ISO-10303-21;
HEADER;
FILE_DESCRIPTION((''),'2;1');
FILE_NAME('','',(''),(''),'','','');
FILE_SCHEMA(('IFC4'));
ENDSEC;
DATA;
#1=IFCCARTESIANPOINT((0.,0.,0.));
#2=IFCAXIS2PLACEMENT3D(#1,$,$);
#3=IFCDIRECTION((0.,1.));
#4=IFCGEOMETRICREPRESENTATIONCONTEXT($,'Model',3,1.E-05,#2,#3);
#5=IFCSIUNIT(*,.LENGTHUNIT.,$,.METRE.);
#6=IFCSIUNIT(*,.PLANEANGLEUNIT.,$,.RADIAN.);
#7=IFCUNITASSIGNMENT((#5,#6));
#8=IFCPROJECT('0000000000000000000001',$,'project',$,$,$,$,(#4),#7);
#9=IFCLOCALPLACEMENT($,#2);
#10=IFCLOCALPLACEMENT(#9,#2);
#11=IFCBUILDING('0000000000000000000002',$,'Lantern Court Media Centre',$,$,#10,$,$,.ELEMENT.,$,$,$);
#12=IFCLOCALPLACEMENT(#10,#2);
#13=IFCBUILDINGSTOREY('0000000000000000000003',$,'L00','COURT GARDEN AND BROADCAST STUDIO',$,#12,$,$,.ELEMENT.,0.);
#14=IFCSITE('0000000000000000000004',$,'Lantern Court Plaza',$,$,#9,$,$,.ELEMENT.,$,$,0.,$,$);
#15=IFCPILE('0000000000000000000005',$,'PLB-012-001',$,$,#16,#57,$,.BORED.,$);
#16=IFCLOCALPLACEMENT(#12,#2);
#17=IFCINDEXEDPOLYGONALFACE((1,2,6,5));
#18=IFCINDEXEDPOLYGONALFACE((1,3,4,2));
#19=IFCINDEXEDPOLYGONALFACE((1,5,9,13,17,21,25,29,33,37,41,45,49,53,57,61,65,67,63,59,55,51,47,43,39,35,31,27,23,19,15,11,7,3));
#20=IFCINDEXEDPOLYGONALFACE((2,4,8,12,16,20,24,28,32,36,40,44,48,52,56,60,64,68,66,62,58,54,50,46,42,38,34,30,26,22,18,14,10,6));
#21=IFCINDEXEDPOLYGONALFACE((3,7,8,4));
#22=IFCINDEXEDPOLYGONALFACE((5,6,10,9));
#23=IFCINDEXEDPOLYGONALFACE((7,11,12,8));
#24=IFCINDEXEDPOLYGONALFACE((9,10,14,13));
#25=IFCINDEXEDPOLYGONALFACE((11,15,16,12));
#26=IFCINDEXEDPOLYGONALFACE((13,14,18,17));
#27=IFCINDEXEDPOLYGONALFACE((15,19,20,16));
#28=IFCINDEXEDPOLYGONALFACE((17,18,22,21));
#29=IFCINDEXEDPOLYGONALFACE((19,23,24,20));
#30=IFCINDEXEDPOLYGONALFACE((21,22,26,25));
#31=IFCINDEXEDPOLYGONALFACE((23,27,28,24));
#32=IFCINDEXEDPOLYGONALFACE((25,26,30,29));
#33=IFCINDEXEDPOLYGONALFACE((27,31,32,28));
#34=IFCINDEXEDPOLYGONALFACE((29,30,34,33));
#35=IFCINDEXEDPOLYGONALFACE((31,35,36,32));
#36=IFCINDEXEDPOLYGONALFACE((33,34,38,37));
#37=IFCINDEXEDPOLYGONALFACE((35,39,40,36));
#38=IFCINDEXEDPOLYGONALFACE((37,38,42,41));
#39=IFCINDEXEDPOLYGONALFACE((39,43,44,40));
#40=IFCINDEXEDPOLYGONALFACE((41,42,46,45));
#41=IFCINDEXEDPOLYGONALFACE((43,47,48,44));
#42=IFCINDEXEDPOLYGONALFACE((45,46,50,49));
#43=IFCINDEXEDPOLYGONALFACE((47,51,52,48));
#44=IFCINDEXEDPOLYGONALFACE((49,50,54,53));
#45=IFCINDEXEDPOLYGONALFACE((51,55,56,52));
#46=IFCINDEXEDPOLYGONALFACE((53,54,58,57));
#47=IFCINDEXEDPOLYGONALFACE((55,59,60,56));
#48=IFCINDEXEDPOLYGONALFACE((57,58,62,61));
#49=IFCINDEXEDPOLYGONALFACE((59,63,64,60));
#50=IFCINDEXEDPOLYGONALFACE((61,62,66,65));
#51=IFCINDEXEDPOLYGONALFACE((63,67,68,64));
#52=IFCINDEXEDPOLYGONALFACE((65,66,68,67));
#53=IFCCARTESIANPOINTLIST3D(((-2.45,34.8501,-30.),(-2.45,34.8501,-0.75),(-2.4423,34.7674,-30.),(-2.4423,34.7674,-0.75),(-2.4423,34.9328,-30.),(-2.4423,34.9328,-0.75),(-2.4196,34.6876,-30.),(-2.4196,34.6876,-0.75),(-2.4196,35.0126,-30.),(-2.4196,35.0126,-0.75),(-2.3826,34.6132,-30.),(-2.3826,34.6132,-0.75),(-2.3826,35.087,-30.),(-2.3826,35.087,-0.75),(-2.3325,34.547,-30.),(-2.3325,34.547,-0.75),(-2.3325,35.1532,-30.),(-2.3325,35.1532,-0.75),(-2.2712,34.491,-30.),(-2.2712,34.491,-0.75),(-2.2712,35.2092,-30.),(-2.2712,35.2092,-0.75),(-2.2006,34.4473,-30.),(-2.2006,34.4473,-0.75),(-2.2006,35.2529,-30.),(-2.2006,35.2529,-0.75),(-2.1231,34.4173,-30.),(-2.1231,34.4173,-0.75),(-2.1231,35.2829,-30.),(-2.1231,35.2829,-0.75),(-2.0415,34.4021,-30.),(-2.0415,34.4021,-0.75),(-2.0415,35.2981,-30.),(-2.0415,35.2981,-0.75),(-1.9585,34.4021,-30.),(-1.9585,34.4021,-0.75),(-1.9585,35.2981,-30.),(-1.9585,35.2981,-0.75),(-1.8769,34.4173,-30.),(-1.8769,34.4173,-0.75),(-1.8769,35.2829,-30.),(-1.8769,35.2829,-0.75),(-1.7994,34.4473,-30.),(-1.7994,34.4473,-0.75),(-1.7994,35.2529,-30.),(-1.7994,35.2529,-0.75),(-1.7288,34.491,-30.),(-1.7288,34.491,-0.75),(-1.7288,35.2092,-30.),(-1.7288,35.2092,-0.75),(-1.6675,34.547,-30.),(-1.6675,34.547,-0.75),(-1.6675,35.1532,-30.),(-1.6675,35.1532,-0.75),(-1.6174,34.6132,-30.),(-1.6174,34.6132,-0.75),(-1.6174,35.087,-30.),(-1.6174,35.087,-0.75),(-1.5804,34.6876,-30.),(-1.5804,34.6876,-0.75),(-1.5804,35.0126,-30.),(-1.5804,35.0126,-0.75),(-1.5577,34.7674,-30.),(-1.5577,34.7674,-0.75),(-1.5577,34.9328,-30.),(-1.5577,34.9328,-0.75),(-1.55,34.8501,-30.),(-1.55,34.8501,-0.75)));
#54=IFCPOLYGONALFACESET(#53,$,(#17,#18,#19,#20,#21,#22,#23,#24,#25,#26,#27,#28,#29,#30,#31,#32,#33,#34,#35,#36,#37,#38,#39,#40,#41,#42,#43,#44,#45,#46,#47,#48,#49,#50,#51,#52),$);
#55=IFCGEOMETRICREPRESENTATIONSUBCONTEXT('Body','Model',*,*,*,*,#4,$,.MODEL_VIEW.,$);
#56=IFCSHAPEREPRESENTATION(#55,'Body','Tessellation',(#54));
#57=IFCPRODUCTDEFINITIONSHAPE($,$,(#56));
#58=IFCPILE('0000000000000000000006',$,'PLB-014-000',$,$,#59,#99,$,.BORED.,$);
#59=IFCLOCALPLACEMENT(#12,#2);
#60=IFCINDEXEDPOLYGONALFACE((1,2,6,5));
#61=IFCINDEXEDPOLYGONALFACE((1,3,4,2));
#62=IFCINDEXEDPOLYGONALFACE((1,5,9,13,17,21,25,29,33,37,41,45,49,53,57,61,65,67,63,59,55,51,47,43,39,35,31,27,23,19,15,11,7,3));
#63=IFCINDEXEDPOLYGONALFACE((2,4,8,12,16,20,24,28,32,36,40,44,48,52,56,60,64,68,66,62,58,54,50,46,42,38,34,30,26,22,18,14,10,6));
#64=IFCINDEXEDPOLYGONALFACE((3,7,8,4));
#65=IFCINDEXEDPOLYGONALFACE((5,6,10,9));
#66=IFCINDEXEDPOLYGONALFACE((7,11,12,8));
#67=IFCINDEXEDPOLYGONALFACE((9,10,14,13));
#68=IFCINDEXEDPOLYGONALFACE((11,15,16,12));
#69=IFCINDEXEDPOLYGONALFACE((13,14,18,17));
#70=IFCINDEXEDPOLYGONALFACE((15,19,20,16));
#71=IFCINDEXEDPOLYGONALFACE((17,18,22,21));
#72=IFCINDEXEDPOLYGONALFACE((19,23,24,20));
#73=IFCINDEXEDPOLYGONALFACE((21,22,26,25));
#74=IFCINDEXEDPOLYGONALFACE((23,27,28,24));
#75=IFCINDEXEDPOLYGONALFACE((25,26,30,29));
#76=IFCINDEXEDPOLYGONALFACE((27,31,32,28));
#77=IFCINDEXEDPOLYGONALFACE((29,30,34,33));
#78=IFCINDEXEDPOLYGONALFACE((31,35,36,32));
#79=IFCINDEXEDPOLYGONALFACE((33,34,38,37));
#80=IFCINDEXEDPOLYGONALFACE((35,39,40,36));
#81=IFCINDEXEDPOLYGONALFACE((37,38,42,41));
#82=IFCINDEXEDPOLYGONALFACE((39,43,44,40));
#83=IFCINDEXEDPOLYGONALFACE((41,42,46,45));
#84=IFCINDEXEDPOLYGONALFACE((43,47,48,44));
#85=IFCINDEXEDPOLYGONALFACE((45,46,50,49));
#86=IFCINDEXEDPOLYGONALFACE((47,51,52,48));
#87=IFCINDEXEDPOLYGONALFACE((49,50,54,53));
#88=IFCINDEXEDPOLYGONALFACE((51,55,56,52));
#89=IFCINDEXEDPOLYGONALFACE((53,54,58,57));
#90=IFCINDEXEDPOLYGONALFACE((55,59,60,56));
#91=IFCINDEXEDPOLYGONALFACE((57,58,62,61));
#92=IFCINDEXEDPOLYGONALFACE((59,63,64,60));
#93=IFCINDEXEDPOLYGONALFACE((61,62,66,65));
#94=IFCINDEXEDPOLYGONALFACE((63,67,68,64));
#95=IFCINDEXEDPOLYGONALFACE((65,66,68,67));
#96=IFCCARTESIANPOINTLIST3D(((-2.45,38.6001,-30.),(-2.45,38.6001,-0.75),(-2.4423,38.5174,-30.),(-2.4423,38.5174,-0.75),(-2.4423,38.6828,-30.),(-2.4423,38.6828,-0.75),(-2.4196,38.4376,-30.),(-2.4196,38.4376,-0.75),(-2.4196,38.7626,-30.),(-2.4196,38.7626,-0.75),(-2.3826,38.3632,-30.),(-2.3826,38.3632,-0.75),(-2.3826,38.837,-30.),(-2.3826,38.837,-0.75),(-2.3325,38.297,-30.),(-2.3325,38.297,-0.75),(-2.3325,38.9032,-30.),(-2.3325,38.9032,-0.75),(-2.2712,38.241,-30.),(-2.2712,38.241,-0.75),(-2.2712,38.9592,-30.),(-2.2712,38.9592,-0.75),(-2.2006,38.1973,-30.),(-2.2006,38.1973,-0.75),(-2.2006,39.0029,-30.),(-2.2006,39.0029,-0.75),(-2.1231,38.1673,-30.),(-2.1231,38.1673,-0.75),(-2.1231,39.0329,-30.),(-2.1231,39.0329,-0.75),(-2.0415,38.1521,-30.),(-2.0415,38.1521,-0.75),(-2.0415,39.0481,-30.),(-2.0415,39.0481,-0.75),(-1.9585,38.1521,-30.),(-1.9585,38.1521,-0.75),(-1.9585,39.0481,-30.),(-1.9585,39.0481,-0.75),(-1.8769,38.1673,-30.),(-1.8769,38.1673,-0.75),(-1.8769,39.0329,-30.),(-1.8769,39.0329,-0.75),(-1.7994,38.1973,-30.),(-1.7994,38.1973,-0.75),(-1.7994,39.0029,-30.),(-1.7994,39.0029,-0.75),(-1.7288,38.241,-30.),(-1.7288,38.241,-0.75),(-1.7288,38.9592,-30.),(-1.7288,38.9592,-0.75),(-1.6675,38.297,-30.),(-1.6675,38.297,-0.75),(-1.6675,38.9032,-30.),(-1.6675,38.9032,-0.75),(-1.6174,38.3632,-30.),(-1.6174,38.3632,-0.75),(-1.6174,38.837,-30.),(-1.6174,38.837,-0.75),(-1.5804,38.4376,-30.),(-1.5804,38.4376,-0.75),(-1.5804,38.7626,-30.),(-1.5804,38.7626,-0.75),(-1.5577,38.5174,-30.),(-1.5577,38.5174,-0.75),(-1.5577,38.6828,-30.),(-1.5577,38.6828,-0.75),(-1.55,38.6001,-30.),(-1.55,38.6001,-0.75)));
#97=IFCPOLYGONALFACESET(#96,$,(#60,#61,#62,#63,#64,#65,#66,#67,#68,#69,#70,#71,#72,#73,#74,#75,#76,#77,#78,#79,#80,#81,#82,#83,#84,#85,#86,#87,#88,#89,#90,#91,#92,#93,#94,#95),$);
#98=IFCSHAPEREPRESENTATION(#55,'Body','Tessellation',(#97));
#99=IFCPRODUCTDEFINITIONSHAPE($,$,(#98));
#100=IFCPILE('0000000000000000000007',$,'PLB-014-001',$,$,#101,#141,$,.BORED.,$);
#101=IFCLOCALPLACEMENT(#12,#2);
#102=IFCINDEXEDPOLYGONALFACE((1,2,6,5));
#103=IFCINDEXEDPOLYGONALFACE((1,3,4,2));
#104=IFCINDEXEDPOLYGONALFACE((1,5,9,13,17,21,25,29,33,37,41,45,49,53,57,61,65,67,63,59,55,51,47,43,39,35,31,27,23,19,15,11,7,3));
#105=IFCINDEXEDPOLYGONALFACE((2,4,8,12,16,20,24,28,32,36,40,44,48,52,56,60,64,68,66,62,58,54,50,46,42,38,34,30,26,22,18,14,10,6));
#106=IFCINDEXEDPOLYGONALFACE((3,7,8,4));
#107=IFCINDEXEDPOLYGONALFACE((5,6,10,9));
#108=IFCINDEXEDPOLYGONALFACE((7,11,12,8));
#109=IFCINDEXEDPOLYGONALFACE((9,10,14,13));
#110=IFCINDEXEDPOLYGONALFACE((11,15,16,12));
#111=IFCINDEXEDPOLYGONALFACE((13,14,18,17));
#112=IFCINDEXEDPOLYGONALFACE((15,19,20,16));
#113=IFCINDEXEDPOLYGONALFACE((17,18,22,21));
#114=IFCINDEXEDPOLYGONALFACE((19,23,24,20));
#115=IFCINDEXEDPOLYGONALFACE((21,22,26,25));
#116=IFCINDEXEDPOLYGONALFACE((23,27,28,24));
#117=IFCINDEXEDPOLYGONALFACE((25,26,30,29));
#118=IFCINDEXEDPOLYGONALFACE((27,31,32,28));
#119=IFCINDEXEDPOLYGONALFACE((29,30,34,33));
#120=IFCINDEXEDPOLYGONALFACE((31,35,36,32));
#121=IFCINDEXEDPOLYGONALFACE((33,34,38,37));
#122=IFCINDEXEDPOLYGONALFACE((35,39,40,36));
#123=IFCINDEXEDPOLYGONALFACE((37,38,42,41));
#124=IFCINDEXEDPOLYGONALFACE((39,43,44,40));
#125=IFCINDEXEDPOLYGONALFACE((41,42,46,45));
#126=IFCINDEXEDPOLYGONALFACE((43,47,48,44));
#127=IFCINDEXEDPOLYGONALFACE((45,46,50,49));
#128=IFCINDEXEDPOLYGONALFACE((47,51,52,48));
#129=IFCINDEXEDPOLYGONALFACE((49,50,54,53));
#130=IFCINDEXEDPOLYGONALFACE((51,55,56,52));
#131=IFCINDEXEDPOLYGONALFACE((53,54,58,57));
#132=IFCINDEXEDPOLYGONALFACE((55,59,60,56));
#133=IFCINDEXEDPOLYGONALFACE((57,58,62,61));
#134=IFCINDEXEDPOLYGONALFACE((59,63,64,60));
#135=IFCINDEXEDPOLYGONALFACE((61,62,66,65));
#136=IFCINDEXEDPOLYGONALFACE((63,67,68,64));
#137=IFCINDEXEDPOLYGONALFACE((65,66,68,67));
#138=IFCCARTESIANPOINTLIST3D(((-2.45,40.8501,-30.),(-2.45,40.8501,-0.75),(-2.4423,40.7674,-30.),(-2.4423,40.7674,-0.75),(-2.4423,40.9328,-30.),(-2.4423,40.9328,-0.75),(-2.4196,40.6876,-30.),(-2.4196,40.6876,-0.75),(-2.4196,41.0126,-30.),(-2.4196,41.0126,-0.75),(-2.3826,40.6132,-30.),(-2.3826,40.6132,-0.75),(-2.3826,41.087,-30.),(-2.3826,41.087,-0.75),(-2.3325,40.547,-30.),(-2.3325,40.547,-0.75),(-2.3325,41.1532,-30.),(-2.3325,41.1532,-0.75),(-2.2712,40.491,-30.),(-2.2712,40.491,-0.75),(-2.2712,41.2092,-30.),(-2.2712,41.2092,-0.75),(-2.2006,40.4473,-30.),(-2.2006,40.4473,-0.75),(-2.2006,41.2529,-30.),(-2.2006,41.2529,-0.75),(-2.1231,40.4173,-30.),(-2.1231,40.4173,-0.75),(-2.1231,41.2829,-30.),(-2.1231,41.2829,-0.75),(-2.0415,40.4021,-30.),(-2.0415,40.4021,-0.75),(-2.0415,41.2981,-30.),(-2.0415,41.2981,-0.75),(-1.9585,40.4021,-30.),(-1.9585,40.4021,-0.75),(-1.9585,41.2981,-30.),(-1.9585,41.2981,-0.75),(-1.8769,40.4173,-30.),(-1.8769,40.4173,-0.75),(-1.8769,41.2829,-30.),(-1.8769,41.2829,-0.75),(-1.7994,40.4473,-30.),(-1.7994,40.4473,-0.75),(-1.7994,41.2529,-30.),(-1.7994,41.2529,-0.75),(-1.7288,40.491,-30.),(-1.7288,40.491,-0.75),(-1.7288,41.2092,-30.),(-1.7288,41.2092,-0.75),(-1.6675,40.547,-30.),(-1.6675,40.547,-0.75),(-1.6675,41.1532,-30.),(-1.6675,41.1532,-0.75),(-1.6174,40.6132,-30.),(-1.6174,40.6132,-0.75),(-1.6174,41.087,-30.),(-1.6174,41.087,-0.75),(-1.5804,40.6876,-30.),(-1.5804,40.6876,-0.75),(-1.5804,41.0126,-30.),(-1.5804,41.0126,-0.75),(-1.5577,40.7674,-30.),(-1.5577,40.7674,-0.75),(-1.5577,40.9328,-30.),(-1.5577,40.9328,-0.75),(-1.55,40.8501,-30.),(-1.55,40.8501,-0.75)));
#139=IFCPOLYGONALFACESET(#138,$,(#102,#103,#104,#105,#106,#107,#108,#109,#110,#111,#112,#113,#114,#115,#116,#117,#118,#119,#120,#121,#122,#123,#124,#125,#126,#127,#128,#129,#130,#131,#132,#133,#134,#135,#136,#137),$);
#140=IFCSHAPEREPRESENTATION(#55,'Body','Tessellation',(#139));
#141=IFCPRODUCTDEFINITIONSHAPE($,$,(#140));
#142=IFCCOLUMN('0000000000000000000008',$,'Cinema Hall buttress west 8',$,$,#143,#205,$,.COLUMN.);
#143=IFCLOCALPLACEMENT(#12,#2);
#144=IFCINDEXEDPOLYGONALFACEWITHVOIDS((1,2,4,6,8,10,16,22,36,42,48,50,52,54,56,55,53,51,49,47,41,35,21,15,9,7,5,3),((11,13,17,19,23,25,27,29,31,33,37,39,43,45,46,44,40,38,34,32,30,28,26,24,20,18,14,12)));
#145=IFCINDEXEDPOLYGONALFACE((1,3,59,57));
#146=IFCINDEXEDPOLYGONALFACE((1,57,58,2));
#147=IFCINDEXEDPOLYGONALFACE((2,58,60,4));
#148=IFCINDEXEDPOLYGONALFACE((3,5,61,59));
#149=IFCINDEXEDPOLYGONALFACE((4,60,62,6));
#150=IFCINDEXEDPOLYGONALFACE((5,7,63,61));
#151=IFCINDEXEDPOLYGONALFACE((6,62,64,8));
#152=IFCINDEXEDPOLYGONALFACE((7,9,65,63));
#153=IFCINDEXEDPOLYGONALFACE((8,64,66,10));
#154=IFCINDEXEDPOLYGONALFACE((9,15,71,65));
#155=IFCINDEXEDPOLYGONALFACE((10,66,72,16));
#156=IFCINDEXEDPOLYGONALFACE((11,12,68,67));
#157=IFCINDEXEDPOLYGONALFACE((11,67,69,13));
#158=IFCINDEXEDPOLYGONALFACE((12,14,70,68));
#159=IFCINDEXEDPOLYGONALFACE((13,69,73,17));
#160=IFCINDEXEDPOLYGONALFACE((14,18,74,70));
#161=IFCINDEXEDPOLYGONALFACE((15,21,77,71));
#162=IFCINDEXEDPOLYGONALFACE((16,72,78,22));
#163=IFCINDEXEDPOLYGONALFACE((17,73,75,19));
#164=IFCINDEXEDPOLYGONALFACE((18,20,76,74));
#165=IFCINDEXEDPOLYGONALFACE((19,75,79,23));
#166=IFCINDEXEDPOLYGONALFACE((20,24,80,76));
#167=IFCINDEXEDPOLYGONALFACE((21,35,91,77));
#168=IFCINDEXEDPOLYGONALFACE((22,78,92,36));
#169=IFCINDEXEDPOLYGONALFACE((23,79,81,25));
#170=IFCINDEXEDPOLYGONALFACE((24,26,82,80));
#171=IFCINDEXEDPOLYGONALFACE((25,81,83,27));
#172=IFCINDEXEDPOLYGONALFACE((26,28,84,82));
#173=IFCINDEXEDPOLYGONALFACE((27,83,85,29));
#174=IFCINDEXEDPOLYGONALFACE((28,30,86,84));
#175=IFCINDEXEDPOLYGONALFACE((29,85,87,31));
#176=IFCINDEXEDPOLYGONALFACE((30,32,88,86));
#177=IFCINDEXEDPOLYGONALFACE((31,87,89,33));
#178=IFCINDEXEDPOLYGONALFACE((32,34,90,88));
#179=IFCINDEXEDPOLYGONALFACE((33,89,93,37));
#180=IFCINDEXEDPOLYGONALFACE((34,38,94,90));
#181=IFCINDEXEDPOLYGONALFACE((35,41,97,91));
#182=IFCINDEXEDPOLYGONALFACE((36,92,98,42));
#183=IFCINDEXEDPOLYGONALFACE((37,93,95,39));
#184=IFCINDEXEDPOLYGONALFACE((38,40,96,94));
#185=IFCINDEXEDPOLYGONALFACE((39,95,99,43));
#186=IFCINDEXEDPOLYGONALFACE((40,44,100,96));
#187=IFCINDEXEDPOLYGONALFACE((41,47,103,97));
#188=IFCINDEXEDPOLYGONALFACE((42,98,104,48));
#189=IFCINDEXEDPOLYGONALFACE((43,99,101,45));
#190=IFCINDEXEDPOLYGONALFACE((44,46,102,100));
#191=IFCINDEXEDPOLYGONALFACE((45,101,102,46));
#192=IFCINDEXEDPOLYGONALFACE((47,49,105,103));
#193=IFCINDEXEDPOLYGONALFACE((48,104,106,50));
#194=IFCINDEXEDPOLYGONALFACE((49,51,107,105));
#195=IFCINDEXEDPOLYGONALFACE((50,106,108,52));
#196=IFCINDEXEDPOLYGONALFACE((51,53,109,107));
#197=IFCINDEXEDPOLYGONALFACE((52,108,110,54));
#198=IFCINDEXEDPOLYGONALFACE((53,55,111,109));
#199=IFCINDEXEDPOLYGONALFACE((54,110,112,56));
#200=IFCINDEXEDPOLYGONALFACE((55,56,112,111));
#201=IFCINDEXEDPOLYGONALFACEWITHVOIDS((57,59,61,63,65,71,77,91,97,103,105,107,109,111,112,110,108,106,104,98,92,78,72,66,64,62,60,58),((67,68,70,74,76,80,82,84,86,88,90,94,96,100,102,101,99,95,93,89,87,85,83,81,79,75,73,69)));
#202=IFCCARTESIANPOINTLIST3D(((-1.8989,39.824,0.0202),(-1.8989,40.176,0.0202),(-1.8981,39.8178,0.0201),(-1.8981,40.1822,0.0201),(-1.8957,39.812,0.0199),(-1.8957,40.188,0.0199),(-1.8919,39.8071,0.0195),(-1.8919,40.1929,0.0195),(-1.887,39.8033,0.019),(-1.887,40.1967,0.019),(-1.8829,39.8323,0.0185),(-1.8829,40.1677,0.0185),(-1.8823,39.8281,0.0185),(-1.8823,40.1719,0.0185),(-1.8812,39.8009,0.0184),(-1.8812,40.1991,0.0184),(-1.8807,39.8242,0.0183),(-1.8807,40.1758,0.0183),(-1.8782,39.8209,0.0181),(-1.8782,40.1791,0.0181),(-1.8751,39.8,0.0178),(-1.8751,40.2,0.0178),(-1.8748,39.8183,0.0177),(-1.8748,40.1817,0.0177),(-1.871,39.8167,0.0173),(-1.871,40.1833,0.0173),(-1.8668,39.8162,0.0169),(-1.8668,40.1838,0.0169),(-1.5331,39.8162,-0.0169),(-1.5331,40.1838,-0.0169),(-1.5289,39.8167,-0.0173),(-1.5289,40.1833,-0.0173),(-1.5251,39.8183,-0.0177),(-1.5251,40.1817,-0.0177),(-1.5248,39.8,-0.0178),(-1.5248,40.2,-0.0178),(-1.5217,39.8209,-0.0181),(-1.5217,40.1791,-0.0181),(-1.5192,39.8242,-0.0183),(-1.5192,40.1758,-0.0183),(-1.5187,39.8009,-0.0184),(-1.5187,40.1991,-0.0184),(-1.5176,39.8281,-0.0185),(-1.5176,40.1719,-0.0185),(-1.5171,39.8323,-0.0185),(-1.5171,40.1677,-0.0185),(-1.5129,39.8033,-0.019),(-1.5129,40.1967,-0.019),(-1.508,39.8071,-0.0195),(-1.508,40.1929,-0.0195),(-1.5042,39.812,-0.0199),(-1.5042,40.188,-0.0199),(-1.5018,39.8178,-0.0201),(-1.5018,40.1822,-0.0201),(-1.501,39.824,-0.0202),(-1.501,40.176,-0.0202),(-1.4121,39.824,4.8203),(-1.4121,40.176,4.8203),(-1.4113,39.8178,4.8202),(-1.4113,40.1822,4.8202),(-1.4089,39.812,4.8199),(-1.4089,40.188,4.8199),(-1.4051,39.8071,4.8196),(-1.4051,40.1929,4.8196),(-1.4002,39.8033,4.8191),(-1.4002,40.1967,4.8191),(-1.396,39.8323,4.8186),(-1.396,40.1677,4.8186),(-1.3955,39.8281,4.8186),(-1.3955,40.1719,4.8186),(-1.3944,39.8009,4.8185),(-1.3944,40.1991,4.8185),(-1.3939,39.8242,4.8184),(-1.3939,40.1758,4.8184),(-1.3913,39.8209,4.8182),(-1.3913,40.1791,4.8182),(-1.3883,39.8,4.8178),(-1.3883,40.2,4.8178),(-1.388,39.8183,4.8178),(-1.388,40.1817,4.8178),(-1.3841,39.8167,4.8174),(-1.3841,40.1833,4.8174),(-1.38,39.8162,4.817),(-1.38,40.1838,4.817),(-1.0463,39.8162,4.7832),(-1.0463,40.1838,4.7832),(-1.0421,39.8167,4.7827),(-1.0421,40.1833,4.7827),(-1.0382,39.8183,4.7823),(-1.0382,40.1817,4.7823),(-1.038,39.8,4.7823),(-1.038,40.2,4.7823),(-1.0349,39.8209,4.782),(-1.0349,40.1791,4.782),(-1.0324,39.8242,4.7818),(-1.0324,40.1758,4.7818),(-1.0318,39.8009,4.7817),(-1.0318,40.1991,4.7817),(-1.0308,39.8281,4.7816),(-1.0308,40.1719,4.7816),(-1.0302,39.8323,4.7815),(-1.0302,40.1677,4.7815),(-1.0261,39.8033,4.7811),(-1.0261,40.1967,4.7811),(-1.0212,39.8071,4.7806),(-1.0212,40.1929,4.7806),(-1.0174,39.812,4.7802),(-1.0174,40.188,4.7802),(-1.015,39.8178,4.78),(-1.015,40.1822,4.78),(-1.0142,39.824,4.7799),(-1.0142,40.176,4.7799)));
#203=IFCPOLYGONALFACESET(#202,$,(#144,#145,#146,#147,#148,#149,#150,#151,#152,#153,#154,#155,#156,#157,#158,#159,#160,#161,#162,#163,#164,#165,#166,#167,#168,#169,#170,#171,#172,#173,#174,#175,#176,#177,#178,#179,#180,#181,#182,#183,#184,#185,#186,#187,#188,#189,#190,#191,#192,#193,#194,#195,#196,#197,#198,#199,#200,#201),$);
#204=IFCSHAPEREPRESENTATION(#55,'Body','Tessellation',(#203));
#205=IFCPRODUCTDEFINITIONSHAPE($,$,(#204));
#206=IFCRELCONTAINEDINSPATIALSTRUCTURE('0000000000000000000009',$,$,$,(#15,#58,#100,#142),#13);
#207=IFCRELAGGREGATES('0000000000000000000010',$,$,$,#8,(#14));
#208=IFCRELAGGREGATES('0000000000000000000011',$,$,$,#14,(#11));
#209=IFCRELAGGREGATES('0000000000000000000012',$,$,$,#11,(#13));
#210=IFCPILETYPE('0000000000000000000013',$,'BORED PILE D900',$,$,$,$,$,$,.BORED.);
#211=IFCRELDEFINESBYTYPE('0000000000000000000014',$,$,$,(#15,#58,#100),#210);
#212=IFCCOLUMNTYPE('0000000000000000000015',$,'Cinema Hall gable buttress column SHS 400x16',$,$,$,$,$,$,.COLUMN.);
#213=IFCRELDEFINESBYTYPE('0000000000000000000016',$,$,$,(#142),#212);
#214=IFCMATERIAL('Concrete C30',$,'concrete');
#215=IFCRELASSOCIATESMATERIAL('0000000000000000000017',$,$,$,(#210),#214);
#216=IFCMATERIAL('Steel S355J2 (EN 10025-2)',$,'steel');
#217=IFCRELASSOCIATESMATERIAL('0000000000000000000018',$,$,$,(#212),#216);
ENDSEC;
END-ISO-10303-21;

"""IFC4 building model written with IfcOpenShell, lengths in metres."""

from ifc_helpers import new_model, si_unit, direction, frame, origin, origin_2d, place, context, subcontext, project, spatial, hollow_rectangle, circle, extrude, material, material_profile, profile_set, type_object, element, save


model = new_model("IFC4")

# Units and contexts
model_context = context("Model", 3, precision=1e-05, world=origin(), true_north=direction((0.0, 1.0)))
body_context = subcontext(model_context, "Body", "Model", "MODEL_VIEW")
ifc_project = project(units=[si_unit("LENGTHUNIT", "METRE"), si_unit("PLANEANGLEUNIT", "RADIAN")], contexts=[model_context])

# Site, building, storey
site_placement = place(None, origin())
site = spatial("IfcSite", under=ifc_project, at=site_placement, Name="Lantern Court Plaza", CompositionType="ELEMENT", RefElevation=0.0)
building_placement = place(site_placement, origin())
building = spatial("IfcBuilding", under=site, at=building_placement, Name="Lantern Court Media Centre", CompositionType="ELEMENT")
storey_placement = place(building_placement, origin())
storey = spatial("IfcBuildingStorey", under=building, at=storey_placement, Name="L00", Description="COURT GARDEN AND BROADCAST STUDIO", CompositionType="ELEMENT", Elevation=0.0)

# Piles
ifc_material_1 = material(Name="Concrete C30", Category="concrete")
ifc_material_profile_1 = material_profile(ifc_material_1, circle(Radius=0.45, at=origin_2d()), Name="D900")
ifc_profile_set_1 = profile_set([ifc_material_profile_1], Name="Concrete C30")
pile_type = type_object("IfcPileType", Name="BORED PILE D900", PredefinedType="BORED", material=ifc_profile_set_1)
for number, where, z_axis, x_axis, name in (
    (1, (-2.0, 34.8501, -0.75), (0.0, 0.0, -1.0), (1.0, 0.0, 0.0), "PLB-012-001"),
    (2, (-2.0, 38.6001, -0.75), (0.0, 0.0, -1.0), (1.0, 0.0, 0.0), "PLB-014-000"),
    (3, (-2.0, 40.8501, -0.75), (0.0, 0.0, -1.0), (1.0, 0.0, 0.0), "PLB-014-001"),
):
    element("IfcPile", number, at=place(storey_placement, frame(where, z_axis=z_axis, x_axis=x_axis)), inside=storey, type_object=pile_type, Name=name, PredefinedType="BORED", context=body_context, shape_type="SweptSolid", body=[
        extrude(circle(Radius=0.45, at=origin_2d()), origin(), (0.0, 0.0, 1.0), 29.25),
    ])

# Column
ifc_material_2 = material(Name="Steel S355J2 (EN 10025-2)", Category="steel")
ifc_material_profile_2 = material_profile(ifc_material_2, hollow_rectangle(XDim=0.3999, YDim=0.3999, WallThickness=0.0161, InnerFilletRadius=0.0161, OuterFilletRadius=0.0239, at=origin_2d()), Name="Cinema Hall gable buttress column SHS 400x16")
ifc_profile_set_2 = profile_set([ifc_material_profile_2], Name="Steel S355J2 (EN 10025-2)")
column_type_1 = type_object("IfcColumnType", Name="Cinema Hall gable buttress column SHS 400x16", PredefinedType="COLUMN", material=ifc_profile_set_2)
column_1_placement = place(storey_placement, frame((-1.7, 40.0, 0.0), z_axis=(0.100901, 0.0, 0.994896), x_axis=(0.0, 1.0, 0.0)))
element("IfcColumn", 4, at=column_1_placement, inside=storey, type_object=column_type_1, Name="Cinema Hall buttress west 8", PredefinedType="COLUMN", context=body_context, shape_type="SweptSolid", body=[
    extrude(hollow_rectangle(XDim=0.3999, YDim=0.3999, WallThickness=0.0161, InnerFilletRadius=0.0161, OuterFilletRadius=0.0239, at=origin_2d()), origin(), (0.0, 0.0, 1.0), 4.8247),
])

save(model, "model.ifc")
